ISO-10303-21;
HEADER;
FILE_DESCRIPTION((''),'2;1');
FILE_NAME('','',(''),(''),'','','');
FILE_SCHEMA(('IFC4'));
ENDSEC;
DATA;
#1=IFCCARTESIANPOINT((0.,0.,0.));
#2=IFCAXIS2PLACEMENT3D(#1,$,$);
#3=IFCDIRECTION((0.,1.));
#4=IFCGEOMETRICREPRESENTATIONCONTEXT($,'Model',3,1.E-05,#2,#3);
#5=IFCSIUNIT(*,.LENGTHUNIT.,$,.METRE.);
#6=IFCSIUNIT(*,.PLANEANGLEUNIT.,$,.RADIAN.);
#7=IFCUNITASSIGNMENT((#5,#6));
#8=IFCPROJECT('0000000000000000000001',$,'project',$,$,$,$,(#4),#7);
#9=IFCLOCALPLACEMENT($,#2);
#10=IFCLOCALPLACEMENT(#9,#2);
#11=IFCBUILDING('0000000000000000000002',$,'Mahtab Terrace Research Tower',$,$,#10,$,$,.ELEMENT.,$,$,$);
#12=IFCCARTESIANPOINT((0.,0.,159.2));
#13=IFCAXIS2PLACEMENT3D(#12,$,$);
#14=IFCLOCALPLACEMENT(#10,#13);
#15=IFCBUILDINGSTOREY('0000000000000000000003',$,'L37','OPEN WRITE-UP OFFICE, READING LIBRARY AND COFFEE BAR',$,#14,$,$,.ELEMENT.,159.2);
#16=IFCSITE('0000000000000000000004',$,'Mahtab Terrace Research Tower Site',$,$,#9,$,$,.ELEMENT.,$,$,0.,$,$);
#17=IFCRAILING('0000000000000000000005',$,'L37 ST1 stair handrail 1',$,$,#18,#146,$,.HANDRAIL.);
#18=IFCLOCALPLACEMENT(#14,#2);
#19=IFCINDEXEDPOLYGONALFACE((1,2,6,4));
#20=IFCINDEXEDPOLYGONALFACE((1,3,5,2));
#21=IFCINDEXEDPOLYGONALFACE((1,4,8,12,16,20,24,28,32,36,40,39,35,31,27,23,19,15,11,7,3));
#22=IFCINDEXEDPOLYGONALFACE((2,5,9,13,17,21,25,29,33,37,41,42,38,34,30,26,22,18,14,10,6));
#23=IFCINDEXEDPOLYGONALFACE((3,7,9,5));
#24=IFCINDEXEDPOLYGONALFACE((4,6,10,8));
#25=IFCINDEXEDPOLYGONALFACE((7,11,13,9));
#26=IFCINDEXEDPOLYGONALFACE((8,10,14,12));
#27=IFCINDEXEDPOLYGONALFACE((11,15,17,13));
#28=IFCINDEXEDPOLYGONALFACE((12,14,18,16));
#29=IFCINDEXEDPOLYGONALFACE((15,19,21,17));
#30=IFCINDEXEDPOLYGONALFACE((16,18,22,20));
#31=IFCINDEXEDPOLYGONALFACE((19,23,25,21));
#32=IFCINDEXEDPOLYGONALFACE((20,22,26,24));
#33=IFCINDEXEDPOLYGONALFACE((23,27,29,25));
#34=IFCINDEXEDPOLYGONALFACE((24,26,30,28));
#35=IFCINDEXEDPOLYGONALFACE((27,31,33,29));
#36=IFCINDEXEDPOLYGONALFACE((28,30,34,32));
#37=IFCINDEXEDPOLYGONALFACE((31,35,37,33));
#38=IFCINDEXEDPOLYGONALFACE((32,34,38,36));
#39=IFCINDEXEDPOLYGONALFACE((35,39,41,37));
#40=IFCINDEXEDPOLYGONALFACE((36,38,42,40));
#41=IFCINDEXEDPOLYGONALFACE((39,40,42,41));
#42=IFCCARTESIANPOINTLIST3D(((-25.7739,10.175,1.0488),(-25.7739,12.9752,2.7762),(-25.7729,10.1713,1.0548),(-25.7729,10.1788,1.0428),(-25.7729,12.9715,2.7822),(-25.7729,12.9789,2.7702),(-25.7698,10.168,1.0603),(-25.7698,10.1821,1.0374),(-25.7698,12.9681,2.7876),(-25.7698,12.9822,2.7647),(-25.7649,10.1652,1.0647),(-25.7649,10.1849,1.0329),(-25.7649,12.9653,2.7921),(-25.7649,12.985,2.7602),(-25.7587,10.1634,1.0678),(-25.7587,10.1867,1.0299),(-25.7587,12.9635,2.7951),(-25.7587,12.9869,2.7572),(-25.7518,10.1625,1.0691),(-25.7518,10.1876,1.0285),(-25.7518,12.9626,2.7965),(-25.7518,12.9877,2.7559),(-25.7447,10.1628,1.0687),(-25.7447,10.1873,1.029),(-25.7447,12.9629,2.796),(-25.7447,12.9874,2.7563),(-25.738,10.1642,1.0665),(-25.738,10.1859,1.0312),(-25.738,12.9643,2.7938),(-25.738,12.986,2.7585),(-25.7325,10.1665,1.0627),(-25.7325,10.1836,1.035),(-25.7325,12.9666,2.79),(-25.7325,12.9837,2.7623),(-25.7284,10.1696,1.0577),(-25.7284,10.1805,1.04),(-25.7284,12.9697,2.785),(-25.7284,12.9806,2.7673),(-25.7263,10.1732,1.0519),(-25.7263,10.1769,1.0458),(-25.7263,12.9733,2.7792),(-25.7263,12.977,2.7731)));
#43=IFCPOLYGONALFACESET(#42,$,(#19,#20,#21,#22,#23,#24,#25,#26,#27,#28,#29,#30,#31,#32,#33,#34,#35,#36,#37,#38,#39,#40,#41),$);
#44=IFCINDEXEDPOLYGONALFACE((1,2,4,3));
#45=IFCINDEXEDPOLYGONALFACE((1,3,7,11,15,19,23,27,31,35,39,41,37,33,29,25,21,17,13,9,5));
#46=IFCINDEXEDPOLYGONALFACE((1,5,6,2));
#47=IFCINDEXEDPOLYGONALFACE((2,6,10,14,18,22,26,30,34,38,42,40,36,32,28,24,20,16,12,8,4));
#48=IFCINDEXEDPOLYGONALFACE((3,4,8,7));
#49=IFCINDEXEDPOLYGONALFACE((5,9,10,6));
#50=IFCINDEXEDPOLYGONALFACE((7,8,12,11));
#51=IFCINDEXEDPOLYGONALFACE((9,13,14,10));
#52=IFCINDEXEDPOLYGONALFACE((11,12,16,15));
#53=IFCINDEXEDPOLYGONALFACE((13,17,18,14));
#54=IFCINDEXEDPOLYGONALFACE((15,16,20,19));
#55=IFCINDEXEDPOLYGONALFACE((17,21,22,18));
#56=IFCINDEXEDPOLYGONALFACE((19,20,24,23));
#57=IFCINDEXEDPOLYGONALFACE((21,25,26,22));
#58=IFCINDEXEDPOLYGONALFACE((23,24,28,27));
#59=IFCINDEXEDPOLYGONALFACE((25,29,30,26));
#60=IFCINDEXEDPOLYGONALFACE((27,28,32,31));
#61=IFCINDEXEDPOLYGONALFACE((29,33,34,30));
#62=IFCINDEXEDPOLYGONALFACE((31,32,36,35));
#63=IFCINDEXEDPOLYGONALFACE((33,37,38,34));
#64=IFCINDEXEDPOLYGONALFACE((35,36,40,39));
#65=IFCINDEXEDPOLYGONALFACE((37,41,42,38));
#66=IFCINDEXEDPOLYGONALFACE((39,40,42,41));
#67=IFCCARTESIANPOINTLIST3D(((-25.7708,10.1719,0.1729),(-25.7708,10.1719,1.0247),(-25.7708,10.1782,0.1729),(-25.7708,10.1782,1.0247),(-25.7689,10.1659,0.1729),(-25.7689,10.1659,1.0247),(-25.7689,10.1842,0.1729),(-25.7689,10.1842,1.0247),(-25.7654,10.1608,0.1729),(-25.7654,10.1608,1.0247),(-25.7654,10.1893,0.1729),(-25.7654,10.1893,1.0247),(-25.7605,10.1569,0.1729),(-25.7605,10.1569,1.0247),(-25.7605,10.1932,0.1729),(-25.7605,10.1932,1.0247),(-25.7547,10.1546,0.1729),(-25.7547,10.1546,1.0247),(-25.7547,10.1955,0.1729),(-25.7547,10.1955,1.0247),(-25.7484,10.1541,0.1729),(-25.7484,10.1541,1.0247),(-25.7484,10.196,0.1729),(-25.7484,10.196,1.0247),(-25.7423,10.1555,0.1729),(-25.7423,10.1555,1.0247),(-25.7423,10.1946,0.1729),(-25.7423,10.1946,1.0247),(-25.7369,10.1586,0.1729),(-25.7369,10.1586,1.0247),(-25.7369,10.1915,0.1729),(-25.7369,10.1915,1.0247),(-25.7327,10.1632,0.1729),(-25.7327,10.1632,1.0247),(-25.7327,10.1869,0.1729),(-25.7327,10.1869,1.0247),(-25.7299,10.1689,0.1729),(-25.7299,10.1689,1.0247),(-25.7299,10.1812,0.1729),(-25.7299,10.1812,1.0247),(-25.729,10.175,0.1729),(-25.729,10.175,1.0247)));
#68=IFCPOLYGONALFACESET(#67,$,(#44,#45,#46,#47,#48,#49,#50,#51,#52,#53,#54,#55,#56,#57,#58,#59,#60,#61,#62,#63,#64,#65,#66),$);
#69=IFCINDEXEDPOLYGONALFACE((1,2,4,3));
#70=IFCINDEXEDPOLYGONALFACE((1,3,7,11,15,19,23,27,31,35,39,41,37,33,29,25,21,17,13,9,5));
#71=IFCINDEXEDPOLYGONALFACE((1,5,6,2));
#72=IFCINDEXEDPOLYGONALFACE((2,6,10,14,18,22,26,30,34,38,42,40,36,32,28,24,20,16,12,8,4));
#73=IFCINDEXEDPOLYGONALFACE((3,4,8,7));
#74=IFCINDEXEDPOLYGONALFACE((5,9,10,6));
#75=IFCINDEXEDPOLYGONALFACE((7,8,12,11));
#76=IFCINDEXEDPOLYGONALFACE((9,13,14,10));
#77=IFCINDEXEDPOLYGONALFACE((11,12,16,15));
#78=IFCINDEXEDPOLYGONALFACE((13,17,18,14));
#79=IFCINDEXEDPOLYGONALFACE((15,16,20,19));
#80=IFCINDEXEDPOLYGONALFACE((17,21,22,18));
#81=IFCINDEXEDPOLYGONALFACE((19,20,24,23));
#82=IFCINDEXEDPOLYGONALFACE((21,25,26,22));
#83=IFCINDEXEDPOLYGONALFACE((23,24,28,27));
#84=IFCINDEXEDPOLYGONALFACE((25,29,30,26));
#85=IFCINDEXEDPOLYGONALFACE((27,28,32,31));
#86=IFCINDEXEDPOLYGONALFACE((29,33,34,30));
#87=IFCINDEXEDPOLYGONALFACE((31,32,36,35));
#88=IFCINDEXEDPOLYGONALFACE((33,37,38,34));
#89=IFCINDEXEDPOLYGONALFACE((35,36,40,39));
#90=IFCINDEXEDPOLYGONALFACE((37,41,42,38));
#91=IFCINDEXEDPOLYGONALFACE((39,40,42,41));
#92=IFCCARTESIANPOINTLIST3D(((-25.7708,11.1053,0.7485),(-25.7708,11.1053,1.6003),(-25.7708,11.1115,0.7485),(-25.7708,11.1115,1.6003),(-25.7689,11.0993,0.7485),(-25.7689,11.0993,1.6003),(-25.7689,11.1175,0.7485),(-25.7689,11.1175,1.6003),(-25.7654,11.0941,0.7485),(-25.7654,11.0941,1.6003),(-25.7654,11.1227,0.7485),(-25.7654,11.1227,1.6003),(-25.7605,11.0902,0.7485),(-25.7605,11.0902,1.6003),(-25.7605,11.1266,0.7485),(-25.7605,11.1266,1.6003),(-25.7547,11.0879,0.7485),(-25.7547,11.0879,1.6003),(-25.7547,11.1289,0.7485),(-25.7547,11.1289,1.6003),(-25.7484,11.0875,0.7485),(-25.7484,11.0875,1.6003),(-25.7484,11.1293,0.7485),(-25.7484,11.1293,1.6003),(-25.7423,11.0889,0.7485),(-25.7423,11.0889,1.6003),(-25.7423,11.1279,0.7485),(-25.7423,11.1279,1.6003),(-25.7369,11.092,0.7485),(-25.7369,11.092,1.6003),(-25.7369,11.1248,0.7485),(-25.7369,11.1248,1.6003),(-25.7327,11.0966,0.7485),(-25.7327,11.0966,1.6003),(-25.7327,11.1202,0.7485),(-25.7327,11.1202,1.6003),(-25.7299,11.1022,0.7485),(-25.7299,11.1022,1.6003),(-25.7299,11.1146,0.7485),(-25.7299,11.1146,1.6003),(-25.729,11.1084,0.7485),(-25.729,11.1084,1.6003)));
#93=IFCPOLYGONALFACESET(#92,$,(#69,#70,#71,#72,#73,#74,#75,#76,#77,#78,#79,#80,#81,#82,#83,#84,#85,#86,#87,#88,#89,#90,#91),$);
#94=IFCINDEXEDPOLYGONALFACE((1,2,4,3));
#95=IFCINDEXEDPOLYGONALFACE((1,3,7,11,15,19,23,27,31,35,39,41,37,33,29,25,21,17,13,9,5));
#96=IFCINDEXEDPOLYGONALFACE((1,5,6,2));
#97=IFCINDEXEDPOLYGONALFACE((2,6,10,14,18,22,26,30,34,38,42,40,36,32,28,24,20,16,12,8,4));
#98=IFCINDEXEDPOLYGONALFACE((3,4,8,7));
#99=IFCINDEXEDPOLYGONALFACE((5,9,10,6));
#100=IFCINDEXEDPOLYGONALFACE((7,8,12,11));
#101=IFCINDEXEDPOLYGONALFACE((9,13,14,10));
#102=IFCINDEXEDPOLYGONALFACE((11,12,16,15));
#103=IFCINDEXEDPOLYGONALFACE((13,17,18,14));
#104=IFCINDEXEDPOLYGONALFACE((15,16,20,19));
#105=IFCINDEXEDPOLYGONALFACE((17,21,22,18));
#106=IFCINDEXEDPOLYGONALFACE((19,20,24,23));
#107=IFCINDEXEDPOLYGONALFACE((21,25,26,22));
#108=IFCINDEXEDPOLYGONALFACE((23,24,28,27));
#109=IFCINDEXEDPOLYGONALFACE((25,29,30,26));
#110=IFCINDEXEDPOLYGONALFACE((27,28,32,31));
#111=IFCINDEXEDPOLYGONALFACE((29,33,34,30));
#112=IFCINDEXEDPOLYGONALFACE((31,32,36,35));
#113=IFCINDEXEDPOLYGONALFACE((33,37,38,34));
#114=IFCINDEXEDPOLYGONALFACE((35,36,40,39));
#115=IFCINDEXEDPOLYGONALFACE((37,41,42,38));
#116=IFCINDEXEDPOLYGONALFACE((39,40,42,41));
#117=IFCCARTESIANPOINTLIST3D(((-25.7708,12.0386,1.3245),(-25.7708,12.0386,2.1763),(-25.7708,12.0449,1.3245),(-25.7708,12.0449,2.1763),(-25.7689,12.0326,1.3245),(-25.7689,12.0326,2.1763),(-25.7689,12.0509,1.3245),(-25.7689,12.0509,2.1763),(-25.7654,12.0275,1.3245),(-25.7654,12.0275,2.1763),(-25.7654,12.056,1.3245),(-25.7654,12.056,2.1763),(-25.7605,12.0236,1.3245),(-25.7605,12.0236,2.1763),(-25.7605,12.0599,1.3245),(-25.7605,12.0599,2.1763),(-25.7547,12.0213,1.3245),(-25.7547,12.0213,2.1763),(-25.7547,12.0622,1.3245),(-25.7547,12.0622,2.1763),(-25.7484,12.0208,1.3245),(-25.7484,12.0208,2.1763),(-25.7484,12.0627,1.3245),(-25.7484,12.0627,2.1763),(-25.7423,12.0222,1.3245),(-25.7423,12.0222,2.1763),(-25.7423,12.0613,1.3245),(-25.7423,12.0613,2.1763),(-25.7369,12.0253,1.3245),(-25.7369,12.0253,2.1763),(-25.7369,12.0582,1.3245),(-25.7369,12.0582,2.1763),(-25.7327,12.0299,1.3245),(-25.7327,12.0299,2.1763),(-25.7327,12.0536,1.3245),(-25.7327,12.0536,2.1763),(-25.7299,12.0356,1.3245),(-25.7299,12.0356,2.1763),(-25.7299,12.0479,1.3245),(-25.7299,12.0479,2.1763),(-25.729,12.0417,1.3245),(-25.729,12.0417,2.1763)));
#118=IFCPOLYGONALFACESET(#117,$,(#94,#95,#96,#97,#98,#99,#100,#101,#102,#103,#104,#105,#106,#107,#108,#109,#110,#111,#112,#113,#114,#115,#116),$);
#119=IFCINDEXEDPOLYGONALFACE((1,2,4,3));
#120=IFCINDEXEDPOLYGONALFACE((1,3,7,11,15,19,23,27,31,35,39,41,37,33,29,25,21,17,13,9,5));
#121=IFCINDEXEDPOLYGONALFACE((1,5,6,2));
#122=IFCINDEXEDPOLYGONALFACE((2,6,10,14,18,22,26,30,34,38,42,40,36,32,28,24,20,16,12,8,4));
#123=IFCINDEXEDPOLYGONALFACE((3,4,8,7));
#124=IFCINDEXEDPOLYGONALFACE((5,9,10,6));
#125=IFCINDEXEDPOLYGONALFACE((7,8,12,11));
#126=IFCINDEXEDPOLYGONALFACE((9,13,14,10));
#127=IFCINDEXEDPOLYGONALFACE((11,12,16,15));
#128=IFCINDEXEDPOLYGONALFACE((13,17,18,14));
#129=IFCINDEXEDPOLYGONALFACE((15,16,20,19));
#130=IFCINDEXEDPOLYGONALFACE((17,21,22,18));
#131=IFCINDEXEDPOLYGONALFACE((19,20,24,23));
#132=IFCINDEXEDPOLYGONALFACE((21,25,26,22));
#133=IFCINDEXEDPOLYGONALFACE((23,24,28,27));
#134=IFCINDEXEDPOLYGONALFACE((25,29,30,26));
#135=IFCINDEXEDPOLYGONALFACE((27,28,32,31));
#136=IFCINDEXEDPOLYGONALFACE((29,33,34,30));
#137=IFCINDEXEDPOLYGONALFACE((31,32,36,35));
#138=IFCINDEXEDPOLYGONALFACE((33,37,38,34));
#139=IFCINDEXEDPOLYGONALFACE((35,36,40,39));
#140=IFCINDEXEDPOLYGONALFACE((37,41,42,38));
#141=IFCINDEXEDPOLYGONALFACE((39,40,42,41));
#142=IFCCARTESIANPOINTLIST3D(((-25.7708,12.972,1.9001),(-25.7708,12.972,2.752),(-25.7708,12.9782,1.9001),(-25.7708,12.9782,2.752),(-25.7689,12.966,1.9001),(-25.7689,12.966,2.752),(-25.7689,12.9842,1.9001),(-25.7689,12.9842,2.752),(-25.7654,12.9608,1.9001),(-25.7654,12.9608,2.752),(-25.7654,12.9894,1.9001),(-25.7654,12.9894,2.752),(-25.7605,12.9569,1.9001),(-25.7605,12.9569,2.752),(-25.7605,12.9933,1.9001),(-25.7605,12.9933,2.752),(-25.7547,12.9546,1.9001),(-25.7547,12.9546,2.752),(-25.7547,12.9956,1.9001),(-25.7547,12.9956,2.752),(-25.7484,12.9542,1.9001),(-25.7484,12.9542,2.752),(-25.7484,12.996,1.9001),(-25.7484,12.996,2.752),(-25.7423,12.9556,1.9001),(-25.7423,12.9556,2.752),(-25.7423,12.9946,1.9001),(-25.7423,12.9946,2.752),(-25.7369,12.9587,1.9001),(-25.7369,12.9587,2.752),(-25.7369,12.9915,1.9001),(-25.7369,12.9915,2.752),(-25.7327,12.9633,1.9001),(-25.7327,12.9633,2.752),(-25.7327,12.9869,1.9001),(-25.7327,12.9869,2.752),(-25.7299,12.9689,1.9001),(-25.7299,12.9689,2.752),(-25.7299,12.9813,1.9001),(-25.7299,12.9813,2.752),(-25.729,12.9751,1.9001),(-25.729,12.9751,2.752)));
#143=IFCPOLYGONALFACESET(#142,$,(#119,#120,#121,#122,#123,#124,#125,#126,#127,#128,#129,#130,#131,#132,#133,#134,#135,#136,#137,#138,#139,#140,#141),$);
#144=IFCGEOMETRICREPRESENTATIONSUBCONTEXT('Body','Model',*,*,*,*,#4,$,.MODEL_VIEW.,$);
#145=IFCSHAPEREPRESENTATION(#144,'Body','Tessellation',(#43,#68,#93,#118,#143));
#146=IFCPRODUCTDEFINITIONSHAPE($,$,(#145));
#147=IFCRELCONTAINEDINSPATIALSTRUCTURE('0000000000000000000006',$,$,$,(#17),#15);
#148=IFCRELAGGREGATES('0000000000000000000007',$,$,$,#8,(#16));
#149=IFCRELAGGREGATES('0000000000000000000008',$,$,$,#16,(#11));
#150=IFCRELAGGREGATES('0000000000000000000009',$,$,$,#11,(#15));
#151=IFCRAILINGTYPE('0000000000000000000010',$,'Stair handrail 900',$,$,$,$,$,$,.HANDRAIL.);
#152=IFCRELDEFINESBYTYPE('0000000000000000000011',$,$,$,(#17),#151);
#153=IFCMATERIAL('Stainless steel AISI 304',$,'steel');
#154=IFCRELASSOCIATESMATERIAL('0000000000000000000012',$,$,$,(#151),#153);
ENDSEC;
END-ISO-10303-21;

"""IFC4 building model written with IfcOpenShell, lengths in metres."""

from ifc_helpers import new_model, si_unit, direction, frame, origin, origin_2d, place, context, subcontext, project, spatial, circle, extrude, material, type_object, element, save


model = new_model("IFC4")

# Units and contexts
model_context = context("Model", 3, precision=1e-05, world=origin(), true_north=direction((0.0, 1.0)))
body_context = subcontext(model_context, "Body", "Model", "MODEL_VIEW")
ifc_project = project(units=[si_unit("LENGTHUNIT", "METRE"), si_unit("PLANEANGLEUNIT", "RADIAN")], contexts=[model_context])

# Site, building, storey
site_placement = place(None, origin())
site = spatial("IfcSite", under=ifc_project, at=site_placement, Name="Mahtab Terrace Research Tower Site", CompositionType="ELEMENT", RefElevation=0.0)
building_placement = place(site_placement, origin())
building = spatial("IfcBuilding", under=site, at=building_placement, Name="Mahtab Terrace Research Tower", CompositionType="ELEMENT")
storey_placement = place(building_placement, frame((0.0, 0.0, 159.2)))
storey = spatial("IfcBuildingStorey", under=building, at=storey_placement, Name="L37", Description="OPEN WRITE-UP OFFICE, READING LIBRARY AND COFFEE BAR", CompositionType="ELEMENT", Elevation=159.2)

# Railing
ifc_material_1 = material(Name="Stainless steel AISI 304", Category="steel")
railing_type_1 = type_object("IfcRailingType", Name="Stair handrail 900", PredefinedType="HANDRAIL", material=ifc_material_1)
railing_1_placement = place(storey_placement, frame((-25.75, 10.175, 0.1729)))
element("IfcRailing", 1, at=railing_1_placement, inside=storey, type_object=railing_type_1, Name="L37 ST1 stair handrail 1", PredefinedType="HANDRAIL", context=body_context, shape_type="SweptSolid", body=[
    extrude(circle(Radius=0.0239, at=origin_2d()), frame((0.0, 0.0, 0.876), z_axis=(0.0, 0.85109, 0.52502), x_axis=(-1.0, 0.0, 0.0)), (0.0, 0.0, 1.0), 3.29),
    extrude(circle(Radius=0.021, at=origin_2d()), origin(), (0.0, 0.0, 1.0), 0.8518),
    extrude(circle(Radius=0.021, at=origin_2d()), frame((0.0, 0.9333, 0.5757)), (0.0, 0.0, 1.0), 0.8518),
    extrude(circle(Radius=0.021, at=origin_2d()), frame((0.0, 1.8667, 1.1516)), (0.0, 0.0, 1.0), 0.8518),
    extrude(circle(Radius=0.021, at=origin_2d()), frame((0.0, 2.8, 1.7273)), (0.0, 0.0, 1.0), 0.8518),
])

save(model, "model.ifc")
